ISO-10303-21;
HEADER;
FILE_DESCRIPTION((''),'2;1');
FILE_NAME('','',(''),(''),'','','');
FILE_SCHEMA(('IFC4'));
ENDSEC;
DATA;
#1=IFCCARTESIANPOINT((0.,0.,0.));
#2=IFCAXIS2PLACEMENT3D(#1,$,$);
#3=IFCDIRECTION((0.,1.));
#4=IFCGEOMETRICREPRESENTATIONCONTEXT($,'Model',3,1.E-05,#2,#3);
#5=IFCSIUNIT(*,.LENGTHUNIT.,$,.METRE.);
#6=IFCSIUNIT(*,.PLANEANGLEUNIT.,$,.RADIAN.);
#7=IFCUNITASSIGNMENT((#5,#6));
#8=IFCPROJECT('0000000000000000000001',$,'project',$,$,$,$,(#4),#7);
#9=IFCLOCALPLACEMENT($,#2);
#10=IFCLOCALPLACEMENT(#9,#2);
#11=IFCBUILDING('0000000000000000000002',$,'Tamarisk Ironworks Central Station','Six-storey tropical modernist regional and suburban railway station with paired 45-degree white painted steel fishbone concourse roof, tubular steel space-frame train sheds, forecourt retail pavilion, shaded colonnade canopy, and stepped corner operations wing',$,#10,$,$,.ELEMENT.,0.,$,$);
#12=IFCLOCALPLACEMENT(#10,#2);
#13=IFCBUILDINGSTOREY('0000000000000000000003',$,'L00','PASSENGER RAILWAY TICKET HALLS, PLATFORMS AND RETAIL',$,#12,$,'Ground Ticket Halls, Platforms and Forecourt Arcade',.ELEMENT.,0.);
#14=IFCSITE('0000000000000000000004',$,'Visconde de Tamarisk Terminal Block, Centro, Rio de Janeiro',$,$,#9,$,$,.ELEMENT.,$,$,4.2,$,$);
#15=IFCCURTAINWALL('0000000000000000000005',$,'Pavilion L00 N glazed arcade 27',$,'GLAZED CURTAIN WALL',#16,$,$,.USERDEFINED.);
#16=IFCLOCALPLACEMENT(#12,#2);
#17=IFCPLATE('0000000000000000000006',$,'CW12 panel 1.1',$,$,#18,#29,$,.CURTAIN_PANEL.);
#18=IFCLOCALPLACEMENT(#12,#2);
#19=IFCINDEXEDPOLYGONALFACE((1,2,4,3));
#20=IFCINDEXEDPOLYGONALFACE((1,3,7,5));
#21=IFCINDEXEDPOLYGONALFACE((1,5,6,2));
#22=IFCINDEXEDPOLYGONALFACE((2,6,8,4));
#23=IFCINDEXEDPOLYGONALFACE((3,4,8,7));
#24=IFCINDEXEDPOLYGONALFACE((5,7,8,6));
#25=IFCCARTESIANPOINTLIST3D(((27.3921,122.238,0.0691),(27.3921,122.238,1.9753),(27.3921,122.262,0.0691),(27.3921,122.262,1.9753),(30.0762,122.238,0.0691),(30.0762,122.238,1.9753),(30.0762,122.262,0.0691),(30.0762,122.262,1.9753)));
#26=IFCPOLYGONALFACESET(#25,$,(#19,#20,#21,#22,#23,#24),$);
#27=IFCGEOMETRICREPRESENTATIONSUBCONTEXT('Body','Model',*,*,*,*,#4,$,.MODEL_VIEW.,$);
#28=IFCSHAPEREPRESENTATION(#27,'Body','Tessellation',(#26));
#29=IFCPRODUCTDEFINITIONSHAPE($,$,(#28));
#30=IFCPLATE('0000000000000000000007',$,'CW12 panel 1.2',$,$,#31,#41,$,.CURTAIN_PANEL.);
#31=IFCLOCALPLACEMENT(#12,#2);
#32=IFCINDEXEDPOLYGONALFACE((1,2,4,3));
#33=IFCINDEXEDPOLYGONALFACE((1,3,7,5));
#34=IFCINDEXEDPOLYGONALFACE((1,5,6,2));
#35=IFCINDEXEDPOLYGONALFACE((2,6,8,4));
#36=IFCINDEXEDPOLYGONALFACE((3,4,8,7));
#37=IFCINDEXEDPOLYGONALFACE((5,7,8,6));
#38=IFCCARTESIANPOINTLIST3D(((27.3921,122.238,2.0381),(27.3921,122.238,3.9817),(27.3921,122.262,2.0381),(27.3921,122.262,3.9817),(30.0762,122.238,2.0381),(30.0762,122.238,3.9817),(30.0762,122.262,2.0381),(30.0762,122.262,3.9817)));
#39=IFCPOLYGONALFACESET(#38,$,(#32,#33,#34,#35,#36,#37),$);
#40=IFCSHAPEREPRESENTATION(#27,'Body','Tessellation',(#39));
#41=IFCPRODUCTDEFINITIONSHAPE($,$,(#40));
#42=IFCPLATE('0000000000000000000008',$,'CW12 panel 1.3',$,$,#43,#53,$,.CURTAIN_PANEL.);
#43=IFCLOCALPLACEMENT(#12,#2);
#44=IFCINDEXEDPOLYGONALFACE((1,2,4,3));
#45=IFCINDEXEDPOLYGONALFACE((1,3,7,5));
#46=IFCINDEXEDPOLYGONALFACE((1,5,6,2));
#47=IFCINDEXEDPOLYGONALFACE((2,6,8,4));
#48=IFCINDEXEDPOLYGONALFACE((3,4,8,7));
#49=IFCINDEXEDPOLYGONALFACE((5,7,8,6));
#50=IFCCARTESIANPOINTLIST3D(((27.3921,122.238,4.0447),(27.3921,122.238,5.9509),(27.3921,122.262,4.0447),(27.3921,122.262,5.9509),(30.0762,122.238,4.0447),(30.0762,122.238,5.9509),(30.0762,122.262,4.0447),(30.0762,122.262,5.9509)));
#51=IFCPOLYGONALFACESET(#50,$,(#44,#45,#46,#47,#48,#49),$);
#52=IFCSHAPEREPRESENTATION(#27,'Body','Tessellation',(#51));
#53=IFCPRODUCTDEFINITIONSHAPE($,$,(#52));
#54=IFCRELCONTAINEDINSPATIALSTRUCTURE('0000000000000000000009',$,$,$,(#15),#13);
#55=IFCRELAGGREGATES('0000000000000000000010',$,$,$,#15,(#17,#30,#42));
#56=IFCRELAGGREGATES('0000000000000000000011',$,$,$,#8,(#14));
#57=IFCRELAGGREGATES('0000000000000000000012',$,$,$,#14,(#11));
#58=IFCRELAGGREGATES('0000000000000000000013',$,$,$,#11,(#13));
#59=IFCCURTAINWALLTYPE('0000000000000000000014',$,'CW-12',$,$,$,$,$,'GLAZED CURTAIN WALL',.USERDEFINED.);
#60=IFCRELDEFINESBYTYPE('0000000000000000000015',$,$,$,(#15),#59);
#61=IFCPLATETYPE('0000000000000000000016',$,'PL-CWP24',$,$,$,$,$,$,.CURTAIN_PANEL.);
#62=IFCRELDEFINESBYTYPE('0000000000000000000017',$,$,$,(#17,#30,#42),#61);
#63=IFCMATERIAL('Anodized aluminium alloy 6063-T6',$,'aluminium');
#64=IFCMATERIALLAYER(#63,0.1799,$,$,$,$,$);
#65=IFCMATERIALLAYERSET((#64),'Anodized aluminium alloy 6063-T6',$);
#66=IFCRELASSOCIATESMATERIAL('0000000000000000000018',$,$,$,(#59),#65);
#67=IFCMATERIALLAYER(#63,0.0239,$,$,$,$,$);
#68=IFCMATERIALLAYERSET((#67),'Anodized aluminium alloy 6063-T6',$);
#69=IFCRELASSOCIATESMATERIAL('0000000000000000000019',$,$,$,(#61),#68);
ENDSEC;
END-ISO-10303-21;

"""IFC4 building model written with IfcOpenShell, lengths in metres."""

from ifc_helpers import new_model, si_unit, direction, frame, origin, origin_2d, place, context, subcontext, project, spatial, rectangle, extrude, material, layer, layer_set, type_object, element, aggregate, save


model = new_model("IFC4")

# Units and contexts
model_context = context("Model", 3, precision=1e-05, world=origin(), true_north=direction((0.0, 1.0)))
body_context = subcontext(model_context, "Body", "Model", "MODEL_VIEW")
ifc_project = project(units=[si_unit("LENGTHUNIT", "METRE"), si_unit("PLANEANGLEUNIT", "RADIAN")], contexts=[model_context])

# Site, building, storey
site_placement = place(None, origin())
site = spatial("IfcSite", under=ifc_project, at=site_placement, Name="Visconde de Tamarisk Terminal Block, Centro, Rio de Janeiro", CompositionType="ELEMENT", RefElevation=4.2)
building_placement = place(site_placement, origin())
building = spatial("IfcBuilding", under=site, at=building_placement, Name="Tamarisk Ironworks Central Station", Description="Six-storey tropical modernist regional and suburban railway station with paired 45-degree white painted steel fishbone concourse roof, tubular steel space-frame train sheds, forecourt retail pavilion, shaded colonnade canopy, and stepped corner operations wing", CompositionType="ELEMENT", ElevationOfRefHeight=0.0)
storey_placement = place(building_placement, origin())
storey = spatial("IfcBuildingStorey", under=building, at=storey_placement, Name="L00", Description="PASSENGER RAILWAY TICKET HALLS, PLATFORMS AND RETAIL", LongName="Ground Ticket Halls, Platforms and Forecourt Arcade", CompositionType="ELEMENT", Elevation=0.0)

# Shared definitions
ifc_material_1 = material(Name="Anodized aluminium alloy 6063-T6", Category="aluminium")
ifc_layer_1 = layer(ifc_material_1, 0.1799)
ifc_layer_set_1 = layer_set([ifc_layer_1], Name="Anodized aluminium alloy 6063-T6")
curtain_wall_type = type_object("IfcCurtainWallType", Name="CW-12", ElementType="GLAZED CURTAIN WALL", PredefinedType="USERDEFINED", material=ifc_layer_set_1)

# Curtain wall
curtain_wall_1_placement = place(storey_placement, origin())
curtain_wall_1 = element("IfcCurtainWall", 1, at=curtain_wall_1_placement, inside=storey, type_object=curtain_wall_type, Name="Pavilion L00 N glazed arcade 27", ObjectType="GLAZED CURTAIN WALL", PredefinedType="USERDEFINED")

# Plates
ifc_layer_2 = layer(ifc_material_1, 0.0239)
ifc_layer_set_2 = layer_set([ifc_layer_2], Name="Anodized aluminium alloy 6063-T6")
plate_type = type_object("IfcPlateType", Name="PL-CWP24", PredefinedType="CURTAIN_PANEL", material=ifc_layer_set_2)
plate_1_placement = place(storey_placement, frame((28.7341, 122.25, 0.0691), z_axis=(0.0, 0.0, 1.0), x_axis=(1.0, 0.0, 0.0)))
plate_1 = element("IfcPlate", 2, at=plate_1_placement, type_object=plate_type, Name="CW12 panel 1.1", PredefinedType="CURTAIN_PANEL", context=body_context, shape_type="SweptSolid", body=[
    extrude(rectangle(XDim=2.6841, YDim=0.0239, at=origin_2d()), origin(), (0.0, 0.0, 1.0), 1.9062),
])
plate_2_placement = place(storey_placement, frame((28.7341, 122.25, 2.0381), z_axis=(0.0, 0.0, 1.0), x_axis=(1.0, 0.0, 0.0)))
plate_2 = element("IfcPlate", 3, at=plate_2_placement, type_object=plate_type, Name="CW12 panel 1.2", PredefinedType="CURTAIN_PANEL", context=body_context, shape_type="SweptSolid", body=[
    extrude(rectangle(XDim=2.6841, YDim=0.0239, at=origin_2d()), origin(), (0.0, 0.0, 1.0), 1.9436),
])
plate_3_placement = place(storey_placement, frame((28.7341, 122.25, 4.0447), z_axis=(0.0, 0.0, 1.0), x_axis=(1.0, 0.0, 0.0)))
plate_3 = element("IfcPlate", 4, at=plate_3_placement, type_object=plate_type, Name="CW12 panel 1.3", PredefinedType="CURTAIN_PANEL", context=body_context, shape_type="SweptSolid", body=[
    extrude(rectangle(XDim=2.6841, YDim=0.0239, at=origin_2d()), origin(), (0.0, 0.0, 1.0), 1.9062),
])
aggregate(curtain_wall_1, [plate_1, plate_2, plate_3])

save(model, "model.ifc")
